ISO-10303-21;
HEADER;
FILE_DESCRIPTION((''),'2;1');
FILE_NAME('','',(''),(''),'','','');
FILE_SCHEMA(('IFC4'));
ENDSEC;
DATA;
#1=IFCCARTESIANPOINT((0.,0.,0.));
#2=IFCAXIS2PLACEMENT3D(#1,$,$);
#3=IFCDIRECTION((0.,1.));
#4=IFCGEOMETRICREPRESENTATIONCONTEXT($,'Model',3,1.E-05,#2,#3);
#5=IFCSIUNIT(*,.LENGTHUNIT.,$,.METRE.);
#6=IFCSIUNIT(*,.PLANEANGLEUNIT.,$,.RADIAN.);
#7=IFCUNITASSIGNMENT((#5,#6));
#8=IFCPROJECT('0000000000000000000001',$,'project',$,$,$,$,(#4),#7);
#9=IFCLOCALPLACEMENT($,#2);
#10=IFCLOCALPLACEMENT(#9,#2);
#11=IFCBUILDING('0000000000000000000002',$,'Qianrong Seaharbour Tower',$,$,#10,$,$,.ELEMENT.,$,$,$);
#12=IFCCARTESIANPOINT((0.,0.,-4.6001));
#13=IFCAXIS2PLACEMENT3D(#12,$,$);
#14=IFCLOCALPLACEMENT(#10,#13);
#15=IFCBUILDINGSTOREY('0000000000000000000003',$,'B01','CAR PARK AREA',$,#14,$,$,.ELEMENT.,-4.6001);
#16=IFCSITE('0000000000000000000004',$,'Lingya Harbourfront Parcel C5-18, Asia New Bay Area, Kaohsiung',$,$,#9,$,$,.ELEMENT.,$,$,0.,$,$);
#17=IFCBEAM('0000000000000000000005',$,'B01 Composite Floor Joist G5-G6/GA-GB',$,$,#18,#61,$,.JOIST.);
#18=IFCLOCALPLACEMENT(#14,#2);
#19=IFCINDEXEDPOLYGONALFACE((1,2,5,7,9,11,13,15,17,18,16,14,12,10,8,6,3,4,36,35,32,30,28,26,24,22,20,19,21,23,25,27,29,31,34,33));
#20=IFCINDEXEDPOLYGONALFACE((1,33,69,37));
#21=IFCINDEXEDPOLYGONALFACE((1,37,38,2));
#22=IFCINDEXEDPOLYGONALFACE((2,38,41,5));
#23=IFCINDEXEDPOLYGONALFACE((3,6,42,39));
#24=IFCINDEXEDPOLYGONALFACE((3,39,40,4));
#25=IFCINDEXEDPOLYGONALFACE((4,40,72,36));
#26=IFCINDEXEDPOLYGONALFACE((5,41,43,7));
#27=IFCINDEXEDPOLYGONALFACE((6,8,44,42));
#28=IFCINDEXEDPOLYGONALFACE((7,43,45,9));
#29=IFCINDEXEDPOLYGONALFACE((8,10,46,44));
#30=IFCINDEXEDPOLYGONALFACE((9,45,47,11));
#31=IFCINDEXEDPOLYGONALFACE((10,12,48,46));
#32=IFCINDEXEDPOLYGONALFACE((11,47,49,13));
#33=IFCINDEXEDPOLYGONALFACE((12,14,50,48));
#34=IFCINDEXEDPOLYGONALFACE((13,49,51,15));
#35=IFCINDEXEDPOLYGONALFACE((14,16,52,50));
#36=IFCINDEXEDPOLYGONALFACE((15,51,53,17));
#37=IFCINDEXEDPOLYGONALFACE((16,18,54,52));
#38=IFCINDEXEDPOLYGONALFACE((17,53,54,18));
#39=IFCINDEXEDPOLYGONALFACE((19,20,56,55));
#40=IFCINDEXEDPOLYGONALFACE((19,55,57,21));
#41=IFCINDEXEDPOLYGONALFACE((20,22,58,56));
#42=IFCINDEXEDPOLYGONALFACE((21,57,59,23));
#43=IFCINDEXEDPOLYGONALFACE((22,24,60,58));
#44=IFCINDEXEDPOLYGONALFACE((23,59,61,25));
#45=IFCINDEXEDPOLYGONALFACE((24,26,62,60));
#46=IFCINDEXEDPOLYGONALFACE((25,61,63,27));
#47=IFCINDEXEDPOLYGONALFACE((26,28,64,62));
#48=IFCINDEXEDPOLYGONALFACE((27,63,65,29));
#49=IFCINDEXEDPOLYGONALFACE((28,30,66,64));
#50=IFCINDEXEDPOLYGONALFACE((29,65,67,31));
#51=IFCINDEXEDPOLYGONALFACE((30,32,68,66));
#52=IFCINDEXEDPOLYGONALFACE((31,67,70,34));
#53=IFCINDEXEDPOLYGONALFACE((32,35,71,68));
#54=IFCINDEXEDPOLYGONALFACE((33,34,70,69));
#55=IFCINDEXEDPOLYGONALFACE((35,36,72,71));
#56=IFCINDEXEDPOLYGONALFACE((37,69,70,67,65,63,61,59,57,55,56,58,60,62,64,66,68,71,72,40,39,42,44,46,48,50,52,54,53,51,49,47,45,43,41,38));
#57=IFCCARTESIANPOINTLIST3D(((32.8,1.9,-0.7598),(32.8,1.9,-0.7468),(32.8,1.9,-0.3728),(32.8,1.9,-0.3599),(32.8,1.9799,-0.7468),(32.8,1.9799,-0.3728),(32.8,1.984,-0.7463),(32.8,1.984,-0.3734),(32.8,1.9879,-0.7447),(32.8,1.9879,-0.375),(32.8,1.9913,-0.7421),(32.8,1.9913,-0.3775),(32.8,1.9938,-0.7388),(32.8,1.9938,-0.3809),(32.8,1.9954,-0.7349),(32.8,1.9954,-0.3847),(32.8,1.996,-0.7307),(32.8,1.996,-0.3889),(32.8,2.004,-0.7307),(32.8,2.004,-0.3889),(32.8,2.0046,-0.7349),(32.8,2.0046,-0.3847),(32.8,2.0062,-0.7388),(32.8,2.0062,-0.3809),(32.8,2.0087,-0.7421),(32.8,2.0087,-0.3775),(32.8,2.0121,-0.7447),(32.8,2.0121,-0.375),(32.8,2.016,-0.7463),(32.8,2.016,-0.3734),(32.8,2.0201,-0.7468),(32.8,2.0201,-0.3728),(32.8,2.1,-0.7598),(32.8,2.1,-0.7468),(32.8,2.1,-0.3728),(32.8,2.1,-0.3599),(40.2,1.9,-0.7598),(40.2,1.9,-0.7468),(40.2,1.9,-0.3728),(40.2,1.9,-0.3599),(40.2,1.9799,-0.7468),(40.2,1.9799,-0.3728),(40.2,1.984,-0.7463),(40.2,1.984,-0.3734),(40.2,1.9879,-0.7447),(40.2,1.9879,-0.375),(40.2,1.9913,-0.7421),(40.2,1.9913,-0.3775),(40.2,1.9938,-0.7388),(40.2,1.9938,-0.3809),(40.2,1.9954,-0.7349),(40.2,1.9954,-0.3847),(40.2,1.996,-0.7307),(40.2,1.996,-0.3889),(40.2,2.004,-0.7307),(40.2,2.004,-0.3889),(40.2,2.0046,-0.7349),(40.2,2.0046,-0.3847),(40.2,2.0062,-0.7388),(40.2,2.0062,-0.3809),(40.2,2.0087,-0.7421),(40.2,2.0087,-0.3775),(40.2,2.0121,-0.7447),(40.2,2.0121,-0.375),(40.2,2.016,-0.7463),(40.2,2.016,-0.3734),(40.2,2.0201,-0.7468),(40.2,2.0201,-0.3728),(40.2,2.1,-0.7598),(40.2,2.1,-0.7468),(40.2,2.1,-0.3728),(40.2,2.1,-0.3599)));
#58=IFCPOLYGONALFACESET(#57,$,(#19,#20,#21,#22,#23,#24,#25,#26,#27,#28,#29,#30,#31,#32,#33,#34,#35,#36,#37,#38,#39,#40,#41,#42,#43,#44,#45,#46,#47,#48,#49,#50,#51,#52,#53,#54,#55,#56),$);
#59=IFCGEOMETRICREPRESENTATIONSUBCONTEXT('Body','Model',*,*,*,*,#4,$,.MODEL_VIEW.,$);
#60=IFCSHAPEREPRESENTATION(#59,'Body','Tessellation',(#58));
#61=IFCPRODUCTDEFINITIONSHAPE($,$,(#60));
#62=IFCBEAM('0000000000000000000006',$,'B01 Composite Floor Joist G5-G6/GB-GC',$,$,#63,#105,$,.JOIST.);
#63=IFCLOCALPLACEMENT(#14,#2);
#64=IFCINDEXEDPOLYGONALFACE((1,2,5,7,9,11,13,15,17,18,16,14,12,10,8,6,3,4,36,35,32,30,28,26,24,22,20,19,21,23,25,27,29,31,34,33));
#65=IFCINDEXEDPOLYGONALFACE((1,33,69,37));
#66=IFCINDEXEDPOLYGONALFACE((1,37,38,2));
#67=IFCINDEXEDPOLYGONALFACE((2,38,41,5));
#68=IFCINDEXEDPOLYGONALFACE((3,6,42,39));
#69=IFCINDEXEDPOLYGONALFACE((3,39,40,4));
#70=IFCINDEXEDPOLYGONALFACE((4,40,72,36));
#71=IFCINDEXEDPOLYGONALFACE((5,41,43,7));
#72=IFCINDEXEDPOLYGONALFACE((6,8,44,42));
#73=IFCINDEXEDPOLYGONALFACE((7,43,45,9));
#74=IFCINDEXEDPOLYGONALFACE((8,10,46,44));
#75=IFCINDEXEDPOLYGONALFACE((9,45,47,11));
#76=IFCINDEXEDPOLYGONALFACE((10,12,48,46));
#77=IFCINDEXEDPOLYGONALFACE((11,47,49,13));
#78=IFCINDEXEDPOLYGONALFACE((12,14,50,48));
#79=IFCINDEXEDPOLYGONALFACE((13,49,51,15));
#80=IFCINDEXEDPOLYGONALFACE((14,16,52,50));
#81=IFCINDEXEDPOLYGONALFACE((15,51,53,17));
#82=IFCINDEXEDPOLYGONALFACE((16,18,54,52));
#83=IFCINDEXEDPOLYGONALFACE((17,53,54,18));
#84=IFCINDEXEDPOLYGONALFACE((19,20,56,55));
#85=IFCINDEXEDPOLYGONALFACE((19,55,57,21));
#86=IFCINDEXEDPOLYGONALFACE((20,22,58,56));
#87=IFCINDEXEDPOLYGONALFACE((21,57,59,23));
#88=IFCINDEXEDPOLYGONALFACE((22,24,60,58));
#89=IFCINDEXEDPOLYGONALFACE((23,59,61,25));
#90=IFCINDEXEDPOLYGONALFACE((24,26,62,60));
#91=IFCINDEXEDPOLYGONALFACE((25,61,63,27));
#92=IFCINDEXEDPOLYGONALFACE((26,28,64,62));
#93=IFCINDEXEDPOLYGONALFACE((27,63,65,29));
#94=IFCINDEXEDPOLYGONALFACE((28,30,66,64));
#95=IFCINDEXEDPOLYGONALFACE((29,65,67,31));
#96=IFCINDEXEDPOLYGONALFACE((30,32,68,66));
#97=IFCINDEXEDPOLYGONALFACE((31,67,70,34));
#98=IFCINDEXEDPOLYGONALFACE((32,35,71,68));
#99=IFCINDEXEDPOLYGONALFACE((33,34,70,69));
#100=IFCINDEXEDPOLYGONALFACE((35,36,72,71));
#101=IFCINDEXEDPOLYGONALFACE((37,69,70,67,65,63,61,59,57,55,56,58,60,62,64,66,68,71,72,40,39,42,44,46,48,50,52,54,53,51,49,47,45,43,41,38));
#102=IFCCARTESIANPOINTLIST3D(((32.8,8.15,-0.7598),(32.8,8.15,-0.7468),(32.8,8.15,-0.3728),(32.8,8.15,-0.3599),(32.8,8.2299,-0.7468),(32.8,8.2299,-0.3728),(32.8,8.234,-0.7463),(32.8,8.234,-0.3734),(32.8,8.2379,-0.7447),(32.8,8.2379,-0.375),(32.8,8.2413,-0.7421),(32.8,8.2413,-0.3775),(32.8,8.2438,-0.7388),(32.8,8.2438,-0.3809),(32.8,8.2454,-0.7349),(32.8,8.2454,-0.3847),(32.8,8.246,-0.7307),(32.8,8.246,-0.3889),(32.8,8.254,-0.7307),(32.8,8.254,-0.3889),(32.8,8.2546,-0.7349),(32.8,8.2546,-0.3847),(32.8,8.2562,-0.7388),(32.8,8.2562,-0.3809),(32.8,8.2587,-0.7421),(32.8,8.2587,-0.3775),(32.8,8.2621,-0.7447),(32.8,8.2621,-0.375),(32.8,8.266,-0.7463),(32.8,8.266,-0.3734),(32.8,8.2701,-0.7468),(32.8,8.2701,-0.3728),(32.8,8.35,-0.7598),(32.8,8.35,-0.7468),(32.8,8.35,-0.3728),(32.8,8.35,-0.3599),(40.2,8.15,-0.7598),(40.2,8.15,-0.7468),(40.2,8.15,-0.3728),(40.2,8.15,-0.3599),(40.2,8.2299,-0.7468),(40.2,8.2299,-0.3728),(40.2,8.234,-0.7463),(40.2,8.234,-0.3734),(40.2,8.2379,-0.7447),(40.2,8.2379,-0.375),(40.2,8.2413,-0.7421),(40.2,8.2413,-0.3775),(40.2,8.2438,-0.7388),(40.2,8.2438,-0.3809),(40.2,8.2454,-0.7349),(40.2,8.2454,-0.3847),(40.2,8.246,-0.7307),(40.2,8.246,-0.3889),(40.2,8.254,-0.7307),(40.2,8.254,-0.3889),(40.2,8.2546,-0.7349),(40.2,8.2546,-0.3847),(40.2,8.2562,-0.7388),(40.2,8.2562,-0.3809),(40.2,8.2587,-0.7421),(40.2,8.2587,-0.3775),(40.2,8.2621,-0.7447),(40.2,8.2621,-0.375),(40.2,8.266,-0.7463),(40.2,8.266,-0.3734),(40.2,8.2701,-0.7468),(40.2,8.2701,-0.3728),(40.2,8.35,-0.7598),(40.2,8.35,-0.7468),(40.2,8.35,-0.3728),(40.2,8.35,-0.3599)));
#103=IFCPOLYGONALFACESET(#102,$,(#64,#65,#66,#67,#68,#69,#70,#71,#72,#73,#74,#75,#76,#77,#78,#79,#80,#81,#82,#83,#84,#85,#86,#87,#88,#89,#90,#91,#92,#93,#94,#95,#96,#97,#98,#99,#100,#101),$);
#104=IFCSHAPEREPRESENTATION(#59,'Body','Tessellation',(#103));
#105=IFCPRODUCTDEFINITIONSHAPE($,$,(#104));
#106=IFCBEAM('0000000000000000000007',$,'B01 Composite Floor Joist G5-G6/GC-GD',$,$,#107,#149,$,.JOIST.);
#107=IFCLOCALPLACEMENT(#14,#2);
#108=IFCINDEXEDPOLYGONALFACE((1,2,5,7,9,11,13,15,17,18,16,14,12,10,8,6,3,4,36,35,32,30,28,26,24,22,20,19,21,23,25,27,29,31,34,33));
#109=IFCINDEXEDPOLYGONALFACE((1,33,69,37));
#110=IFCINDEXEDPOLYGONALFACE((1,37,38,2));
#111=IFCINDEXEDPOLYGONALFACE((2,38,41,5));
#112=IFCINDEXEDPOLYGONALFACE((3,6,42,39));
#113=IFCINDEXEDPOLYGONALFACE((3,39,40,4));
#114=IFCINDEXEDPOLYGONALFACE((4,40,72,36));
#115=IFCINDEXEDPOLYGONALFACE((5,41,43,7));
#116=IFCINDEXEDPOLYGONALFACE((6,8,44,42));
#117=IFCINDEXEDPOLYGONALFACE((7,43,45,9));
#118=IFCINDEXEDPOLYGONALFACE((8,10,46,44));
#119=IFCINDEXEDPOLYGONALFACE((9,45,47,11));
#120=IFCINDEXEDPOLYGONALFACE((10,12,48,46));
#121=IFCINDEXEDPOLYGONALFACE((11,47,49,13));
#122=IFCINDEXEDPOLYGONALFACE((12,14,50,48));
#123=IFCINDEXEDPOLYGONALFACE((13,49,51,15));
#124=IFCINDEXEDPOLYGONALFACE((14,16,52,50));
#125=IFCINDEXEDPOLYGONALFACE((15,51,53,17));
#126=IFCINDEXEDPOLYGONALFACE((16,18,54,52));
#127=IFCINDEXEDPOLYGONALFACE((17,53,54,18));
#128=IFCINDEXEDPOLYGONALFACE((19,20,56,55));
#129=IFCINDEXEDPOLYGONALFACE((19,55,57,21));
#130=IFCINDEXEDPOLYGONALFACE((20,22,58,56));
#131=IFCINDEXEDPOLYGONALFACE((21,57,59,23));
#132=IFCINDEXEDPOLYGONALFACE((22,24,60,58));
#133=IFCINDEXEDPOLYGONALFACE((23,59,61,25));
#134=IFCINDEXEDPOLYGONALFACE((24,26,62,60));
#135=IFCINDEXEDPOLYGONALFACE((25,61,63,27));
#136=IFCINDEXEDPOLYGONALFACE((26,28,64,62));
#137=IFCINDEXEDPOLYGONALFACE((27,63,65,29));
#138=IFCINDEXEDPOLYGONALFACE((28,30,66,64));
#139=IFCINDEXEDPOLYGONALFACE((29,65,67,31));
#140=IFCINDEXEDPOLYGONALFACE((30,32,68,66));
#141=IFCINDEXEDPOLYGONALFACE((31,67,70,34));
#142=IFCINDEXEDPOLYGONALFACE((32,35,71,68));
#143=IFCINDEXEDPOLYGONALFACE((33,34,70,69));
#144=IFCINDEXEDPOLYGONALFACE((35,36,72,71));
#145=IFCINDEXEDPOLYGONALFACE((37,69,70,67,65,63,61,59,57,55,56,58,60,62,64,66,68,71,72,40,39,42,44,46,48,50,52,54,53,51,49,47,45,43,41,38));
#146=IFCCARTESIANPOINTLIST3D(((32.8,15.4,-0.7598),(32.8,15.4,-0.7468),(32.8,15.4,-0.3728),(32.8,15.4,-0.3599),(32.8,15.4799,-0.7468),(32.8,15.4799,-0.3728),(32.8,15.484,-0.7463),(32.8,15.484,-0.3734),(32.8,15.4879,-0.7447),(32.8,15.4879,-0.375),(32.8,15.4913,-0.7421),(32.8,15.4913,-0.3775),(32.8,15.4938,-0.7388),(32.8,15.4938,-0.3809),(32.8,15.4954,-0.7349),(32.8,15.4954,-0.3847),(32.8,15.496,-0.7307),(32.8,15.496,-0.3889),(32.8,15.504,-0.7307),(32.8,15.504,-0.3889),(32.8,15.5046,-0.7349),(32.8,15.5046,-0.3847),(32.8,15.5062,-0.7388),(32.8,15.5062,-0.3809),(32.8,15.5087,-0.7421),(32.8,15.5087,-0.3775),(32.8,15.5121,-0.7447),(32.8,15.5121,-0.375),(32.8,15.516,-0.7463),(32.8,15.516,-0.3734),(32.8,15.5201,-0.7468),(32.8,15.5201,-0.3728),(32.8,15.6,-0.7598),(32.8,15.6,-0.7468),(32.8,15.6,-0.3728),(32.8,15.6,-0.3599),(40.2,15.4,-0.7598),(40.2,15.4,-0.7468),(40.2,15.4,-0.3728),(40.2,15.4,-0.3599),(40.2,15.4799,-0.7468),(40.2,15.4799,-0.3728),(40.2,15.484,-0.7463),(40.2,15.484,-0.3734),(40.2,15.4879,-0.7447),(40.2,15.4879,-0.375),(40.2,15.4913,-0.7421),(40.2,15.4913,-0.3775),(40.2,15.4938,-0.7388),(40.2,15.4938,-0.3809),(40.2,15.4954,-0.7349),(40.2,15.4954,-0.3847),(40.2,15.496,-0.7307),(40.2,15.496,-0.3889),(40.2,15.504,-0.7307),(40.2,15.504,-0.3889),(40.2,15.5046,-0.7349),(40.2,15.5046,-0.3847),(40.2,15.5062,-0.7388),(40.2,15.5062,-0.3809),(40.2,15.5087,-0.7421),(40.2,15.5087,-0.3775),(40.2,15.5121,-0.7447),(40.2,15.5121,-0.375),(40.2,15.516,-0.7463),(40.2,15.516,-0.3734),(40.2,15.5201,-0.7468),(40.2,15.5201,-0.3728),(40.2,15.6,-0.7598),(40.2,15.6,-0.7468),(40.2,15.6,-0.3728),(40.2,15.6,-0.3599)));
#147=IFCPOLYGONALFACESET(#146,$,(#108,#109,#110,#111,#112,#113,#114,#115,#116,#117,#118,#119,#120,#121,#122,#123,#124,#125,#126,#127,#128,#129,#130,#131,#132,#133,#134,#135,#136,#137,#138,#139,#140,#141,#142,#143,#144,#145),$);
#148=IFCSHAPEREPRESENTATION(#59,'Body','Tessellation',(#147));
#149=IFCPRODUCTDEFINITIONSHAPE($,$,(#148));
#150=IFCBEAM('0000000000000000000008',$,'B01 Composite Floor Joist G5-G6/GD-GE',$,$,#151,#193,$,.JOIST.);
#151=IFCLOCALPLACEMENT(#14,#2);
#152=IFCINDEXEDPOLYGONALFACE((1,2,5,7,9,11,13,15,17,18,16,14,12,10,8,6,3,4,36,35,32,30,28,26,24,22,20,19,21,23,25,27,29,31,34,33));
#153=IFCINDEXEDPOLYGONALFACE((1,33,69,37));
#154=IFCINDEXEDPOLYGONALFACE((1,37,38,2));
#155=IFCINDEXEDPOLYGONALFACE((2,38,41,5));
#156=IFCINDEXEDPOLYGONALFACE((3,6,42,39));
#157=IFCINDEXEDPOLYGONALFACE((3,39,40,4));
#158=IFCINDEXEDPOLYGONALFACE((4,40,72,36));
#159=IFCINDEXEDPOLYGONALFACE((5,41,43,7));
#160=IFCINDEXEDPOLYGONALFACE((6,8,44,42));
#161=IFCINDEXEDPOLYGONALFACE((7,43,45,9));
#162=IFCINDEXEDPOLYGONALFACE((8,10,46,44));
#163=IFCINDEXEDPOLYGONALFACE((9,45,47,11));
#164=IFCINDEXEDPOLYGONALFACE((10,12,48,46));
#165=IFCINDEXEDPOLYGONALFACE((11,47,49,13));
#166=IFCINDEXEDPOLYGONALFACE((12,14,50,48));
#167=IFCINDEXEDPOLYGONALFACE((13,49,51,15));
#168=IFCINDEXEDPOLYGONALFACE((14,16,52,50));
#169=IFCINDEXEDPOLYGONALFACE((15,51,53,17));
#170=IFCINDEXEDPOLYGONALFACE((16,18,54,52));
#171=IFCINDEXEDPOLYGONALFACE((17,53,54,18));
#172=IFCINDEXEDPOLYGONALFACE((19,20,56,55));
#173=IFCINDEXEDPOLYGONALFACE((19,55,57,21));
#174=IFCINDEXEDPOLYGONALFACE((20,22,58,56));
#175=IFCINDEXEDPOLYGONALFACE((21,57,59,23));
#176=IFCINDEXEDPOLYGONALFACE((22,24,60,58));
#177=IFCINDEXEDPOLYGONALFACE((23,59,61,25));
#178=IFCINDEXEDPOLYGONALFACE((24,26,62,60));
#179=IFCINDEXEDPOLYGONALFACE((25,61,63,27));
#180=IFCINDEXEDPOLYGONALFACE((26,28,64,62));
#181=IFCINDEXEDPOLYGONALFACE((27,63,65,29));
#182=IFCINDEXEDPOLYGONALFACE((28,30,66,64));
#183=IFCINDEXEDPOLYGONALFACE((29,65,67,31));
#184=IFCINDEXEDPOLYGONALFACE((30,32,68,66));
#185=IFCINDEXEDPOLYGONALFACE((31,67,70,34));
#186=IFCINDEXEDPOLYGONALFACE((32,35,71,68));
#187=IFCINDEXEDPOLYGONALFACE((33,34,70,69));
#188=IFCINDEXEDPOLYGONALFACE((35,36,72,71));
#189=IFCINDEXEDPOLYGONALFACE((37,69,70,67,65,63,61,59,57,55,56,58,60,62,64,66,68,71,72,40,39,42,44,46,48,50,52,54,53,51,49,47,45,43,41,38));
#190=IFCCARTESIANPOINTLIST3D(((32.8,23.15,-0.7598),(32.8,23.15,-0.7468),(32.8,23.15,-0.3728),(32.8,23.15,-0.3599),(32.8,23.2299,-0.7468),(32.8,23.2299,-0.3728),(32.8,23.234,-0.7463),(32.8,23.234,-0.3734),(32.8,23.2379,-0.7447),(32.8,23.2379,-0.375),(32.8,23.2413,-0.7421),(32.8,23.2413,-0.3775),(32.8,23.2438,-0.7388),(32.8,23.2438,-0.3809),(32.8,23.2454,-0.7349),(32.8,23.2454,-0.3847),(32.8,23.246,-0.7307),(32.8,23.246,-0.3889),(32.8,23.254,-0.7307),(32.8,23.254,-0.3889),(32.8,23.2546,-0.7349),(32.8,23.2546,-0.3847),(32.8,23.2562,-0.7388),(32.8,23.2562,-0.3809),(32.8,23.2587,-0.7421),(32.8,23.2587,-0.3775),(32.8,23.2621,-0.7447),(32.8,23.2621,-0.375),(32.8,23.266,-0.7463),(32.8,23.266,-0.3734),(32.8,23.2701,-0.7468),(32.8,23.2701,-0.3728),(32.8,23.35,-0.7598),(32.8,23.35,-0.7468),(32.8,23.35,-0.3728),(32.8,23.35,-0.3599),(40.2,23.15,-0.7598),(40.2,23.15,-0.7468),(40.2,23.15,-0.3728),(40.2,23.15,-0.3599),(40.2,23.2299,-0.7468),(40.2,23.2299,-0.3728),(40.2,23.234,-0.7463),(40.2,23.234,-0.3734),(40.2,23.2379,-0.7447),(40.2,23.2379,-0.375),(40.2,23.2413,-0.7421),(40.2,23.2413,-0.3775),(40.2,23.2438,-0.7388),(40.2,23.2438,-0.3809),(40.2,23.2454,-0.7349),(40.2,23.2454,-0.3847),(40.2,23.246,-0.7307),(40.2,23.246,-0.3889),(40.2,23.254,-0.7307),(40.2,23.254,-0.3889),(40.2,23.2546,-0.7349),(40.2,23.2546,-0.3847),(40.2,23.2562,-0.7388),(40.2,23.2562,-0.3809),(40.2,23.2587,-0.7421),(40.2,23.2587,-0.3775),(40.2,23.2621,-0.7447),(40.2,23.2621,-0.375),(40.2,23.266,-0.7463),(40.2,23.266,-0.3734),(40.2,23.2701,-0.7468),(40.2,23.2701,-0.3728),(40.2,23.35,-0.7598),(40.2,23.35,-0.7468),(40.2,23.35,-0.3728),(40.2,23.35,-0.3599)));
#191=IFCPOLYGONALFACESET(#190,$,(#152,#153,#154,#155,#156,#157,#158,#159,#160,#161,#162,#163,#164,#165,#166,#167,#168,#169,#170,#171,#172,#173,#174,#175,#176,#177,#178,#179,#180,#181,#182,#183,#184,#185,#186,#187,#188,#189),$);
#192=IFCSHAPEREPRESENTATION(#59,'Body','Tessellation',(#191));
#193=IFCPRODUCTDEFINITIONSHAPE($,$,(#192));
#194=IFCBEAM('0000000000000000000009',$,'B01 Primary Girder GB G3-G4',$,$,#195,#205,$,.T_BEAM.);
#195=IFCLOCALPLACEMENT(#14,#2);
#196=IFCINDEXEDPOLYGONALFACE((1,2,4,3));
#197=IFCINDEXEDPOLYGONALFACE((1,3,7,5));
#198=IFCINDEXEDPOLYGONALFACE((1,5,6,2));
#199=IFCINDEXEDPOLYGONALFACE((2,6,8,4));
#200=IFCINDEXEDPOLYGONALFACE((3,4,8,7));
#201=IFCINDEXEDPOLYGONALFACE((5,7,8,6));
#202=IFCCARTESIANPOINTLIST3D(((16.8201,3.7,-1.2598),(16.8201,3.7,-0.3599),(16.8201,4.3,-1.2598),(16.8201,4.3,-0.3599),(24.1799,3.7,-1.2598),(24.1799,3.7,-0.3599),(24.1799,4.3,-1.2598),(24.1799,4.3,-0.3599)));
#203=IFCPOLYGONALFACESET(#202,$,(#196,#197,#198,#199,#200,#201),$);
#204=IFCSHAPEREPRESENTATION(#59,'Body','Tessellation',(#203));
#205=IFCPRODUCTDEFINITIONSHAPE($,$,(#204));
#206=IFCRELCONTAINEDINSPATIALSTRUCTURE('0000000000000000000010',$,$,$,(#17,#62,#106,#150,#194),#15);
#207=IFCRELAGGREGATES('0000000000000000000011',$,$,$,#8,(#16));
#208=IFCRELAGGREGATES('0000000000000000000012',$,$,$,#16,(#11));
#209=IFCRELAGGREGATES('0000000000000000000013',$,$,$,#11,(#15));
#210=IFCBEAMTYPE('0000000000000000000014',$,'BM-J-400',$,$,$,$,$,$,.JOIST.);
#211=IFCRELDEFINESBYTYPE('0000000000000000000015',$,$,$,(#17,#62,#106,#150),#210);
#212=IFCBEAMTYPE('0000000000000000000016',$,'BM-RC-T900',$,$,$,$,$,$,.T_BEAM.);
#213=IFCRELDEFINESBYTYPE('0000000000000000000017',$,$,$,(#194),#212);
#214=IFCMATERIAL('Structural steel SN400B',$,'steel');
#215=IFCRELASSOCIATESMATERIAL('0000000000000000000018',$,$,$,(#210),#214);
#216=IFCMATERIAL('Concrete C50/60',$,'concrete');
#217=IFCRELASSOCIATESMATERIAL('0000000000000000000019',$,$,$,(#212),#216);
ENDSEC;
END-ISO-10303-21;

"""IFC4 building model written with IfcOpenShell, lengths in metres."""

from ifc_helpers import new_model, si_unit, direction, frame, origin, origin_2d, place, context, subcontext, project, spatial, rectangle, i_section, extrude, material, material_profile, profile_set, type_object, element, save


model = new_model("IFC4")

# Units and contexts
model_context = context("Model", 3, precision=1e-05, world=origin(), true_north=direction((0.0, 1.0)))
body_context = subcontext(model_context, "Body", "Model", "MODEL_VIEW")
ifc_project = project(units=[si_unit("LENGTHUNIT", "METRE"), si_unit("PLANEANGLEUNIT", "RADIAN")], contexts=[model_context])

# Site, building, storey
site_placement = place(None, origin())
site = spatial("IfcSite", under=ifc_project, at=site_placement, Name="Lingya Harbourfront Parcel C5-18, Asia New Bay Area, Kaohsiung", CompositionType="ELEMENT", RefElevation=0.0)
building_placement = place(site_placement, origin())
building = spatial("IfcBuilding", under=site, at=building_placement, Name="Qianrong Seaharbour Tower", CompositionType="ELEMENT")
storey_placement = place(building_placement, frame((0.0, 0.0, -4.6001)))
storey = spatial("IfcBuildingStorey", under=building, at=storey_placement, Name="B01", Description="CAR PARK AREA", CompositionType="ELEMENT", Elevation=-4.6001)

# Beams
ifc_material_1 = material(Name="Structural steel SN400B", Category="steel")
ifc_material_profile_1 = material_profile(ifc_material_1, i_section(OverallWidth=0.2, OverallDepth=0.3999, WebThickness=0.0081, FlangeThickness=0.0129, FilletRadius=0.0161, at=origin_2d()), Name="H400x200x8x13")
ifc_profile_set_1 = profile_set([ifc_material_profile_1], Name="Structural steel SN400B")
beam_type_1 = type_object("IfcBeamType", Name="BM-J-400", PredefinedType="JOIST", material=ifc_profile_set_1)
for number, where, z_axis, x_axis, name in (
    (1, (32.8, 2.0, -0.5598), (1.0, 0.0, 0.0), (0.0, 1.0, 0.0), "B01 Composite Floor Joist G5-G6/GA-GB"),
    (2, (32.8, 8.25, -0.5598), (1.0, 0.0, 0.0), (0.0, 1.0, 0.0), "B01 Composite Floor Joist G5-G6/GB-GC"),
    (3, (32.8, 15.5, -0.5598), (1.0, 0.0, 0.0), (0.0, 1.0, 0.0), "B01 Composite Floor Joist G5-G6/GC-GD"),
    (4, (32.8, 23.25, -0.5598), (1.0, 0.0, 0.0), (0.0, 1.0, 0.0), "B01 Composite Floor Joist G5-G6/GD-GE"),
):
    element("IfcBeam", number, at=place(storey_placement, frame(where, z_axis=z_axis, x_axis=x_axis)), inside=storey, type_object=beam_type_1, Name=name, PredefinedType="JOIST", context=body_context, shape_type="SweptSolid", body=[
        extrude(i_section(OverallWidth=0.2, OverallDepth=0.3999, WebThickness=0.0081, FlangeThickness=0.0129, FilletRadius=0.0161, at=origin_2d()), origin(), (0.0, 0.0, 1.0), 7.3999),
    ])
ifc_material_2 = material(Name="Concrete C50/60", Category="concrete")
ifc_material_profile_2 = material_profile(ifc_material_2, rectangle(XDim=0.6001, YDim=0.8999, at=origin_2d()), Name="RC600x900")
ifc_profile_set_2 = profile_set([ifc_material_profile_2], Name="Concrete C50/60")
beam_type_2 = type_object("IfcBeamType", Name="BM-RC-T900", PredefinedType="T_BEAM", material=ifc_profile_set_2)
for number, where, z_axis, x_axis, name in (
    (5, (16.8201, 4.0, -0.8098), (1.0, 0.0, 0.0), (0.0, 1.0, 0.0), "B01 Primary Girder GB G3-G4"),
):
    element("IfcBeam", number, at=place(storey_placement, frame(where, z_axis=z_axis, x_axis=x_axis)), inside=storey, type_object=beam_type_2, Name=name, PredefinedType="T_BEAM", context=body_context, shape_type="SweptSolid", body=[
        extrude(rectangle(XDim=0.6001, YDim=0.8999, at=origin_2d()), origin(), (0.0, 0.0, 1.0), 7.3599),
    ])

save(model, "model.ifc")
